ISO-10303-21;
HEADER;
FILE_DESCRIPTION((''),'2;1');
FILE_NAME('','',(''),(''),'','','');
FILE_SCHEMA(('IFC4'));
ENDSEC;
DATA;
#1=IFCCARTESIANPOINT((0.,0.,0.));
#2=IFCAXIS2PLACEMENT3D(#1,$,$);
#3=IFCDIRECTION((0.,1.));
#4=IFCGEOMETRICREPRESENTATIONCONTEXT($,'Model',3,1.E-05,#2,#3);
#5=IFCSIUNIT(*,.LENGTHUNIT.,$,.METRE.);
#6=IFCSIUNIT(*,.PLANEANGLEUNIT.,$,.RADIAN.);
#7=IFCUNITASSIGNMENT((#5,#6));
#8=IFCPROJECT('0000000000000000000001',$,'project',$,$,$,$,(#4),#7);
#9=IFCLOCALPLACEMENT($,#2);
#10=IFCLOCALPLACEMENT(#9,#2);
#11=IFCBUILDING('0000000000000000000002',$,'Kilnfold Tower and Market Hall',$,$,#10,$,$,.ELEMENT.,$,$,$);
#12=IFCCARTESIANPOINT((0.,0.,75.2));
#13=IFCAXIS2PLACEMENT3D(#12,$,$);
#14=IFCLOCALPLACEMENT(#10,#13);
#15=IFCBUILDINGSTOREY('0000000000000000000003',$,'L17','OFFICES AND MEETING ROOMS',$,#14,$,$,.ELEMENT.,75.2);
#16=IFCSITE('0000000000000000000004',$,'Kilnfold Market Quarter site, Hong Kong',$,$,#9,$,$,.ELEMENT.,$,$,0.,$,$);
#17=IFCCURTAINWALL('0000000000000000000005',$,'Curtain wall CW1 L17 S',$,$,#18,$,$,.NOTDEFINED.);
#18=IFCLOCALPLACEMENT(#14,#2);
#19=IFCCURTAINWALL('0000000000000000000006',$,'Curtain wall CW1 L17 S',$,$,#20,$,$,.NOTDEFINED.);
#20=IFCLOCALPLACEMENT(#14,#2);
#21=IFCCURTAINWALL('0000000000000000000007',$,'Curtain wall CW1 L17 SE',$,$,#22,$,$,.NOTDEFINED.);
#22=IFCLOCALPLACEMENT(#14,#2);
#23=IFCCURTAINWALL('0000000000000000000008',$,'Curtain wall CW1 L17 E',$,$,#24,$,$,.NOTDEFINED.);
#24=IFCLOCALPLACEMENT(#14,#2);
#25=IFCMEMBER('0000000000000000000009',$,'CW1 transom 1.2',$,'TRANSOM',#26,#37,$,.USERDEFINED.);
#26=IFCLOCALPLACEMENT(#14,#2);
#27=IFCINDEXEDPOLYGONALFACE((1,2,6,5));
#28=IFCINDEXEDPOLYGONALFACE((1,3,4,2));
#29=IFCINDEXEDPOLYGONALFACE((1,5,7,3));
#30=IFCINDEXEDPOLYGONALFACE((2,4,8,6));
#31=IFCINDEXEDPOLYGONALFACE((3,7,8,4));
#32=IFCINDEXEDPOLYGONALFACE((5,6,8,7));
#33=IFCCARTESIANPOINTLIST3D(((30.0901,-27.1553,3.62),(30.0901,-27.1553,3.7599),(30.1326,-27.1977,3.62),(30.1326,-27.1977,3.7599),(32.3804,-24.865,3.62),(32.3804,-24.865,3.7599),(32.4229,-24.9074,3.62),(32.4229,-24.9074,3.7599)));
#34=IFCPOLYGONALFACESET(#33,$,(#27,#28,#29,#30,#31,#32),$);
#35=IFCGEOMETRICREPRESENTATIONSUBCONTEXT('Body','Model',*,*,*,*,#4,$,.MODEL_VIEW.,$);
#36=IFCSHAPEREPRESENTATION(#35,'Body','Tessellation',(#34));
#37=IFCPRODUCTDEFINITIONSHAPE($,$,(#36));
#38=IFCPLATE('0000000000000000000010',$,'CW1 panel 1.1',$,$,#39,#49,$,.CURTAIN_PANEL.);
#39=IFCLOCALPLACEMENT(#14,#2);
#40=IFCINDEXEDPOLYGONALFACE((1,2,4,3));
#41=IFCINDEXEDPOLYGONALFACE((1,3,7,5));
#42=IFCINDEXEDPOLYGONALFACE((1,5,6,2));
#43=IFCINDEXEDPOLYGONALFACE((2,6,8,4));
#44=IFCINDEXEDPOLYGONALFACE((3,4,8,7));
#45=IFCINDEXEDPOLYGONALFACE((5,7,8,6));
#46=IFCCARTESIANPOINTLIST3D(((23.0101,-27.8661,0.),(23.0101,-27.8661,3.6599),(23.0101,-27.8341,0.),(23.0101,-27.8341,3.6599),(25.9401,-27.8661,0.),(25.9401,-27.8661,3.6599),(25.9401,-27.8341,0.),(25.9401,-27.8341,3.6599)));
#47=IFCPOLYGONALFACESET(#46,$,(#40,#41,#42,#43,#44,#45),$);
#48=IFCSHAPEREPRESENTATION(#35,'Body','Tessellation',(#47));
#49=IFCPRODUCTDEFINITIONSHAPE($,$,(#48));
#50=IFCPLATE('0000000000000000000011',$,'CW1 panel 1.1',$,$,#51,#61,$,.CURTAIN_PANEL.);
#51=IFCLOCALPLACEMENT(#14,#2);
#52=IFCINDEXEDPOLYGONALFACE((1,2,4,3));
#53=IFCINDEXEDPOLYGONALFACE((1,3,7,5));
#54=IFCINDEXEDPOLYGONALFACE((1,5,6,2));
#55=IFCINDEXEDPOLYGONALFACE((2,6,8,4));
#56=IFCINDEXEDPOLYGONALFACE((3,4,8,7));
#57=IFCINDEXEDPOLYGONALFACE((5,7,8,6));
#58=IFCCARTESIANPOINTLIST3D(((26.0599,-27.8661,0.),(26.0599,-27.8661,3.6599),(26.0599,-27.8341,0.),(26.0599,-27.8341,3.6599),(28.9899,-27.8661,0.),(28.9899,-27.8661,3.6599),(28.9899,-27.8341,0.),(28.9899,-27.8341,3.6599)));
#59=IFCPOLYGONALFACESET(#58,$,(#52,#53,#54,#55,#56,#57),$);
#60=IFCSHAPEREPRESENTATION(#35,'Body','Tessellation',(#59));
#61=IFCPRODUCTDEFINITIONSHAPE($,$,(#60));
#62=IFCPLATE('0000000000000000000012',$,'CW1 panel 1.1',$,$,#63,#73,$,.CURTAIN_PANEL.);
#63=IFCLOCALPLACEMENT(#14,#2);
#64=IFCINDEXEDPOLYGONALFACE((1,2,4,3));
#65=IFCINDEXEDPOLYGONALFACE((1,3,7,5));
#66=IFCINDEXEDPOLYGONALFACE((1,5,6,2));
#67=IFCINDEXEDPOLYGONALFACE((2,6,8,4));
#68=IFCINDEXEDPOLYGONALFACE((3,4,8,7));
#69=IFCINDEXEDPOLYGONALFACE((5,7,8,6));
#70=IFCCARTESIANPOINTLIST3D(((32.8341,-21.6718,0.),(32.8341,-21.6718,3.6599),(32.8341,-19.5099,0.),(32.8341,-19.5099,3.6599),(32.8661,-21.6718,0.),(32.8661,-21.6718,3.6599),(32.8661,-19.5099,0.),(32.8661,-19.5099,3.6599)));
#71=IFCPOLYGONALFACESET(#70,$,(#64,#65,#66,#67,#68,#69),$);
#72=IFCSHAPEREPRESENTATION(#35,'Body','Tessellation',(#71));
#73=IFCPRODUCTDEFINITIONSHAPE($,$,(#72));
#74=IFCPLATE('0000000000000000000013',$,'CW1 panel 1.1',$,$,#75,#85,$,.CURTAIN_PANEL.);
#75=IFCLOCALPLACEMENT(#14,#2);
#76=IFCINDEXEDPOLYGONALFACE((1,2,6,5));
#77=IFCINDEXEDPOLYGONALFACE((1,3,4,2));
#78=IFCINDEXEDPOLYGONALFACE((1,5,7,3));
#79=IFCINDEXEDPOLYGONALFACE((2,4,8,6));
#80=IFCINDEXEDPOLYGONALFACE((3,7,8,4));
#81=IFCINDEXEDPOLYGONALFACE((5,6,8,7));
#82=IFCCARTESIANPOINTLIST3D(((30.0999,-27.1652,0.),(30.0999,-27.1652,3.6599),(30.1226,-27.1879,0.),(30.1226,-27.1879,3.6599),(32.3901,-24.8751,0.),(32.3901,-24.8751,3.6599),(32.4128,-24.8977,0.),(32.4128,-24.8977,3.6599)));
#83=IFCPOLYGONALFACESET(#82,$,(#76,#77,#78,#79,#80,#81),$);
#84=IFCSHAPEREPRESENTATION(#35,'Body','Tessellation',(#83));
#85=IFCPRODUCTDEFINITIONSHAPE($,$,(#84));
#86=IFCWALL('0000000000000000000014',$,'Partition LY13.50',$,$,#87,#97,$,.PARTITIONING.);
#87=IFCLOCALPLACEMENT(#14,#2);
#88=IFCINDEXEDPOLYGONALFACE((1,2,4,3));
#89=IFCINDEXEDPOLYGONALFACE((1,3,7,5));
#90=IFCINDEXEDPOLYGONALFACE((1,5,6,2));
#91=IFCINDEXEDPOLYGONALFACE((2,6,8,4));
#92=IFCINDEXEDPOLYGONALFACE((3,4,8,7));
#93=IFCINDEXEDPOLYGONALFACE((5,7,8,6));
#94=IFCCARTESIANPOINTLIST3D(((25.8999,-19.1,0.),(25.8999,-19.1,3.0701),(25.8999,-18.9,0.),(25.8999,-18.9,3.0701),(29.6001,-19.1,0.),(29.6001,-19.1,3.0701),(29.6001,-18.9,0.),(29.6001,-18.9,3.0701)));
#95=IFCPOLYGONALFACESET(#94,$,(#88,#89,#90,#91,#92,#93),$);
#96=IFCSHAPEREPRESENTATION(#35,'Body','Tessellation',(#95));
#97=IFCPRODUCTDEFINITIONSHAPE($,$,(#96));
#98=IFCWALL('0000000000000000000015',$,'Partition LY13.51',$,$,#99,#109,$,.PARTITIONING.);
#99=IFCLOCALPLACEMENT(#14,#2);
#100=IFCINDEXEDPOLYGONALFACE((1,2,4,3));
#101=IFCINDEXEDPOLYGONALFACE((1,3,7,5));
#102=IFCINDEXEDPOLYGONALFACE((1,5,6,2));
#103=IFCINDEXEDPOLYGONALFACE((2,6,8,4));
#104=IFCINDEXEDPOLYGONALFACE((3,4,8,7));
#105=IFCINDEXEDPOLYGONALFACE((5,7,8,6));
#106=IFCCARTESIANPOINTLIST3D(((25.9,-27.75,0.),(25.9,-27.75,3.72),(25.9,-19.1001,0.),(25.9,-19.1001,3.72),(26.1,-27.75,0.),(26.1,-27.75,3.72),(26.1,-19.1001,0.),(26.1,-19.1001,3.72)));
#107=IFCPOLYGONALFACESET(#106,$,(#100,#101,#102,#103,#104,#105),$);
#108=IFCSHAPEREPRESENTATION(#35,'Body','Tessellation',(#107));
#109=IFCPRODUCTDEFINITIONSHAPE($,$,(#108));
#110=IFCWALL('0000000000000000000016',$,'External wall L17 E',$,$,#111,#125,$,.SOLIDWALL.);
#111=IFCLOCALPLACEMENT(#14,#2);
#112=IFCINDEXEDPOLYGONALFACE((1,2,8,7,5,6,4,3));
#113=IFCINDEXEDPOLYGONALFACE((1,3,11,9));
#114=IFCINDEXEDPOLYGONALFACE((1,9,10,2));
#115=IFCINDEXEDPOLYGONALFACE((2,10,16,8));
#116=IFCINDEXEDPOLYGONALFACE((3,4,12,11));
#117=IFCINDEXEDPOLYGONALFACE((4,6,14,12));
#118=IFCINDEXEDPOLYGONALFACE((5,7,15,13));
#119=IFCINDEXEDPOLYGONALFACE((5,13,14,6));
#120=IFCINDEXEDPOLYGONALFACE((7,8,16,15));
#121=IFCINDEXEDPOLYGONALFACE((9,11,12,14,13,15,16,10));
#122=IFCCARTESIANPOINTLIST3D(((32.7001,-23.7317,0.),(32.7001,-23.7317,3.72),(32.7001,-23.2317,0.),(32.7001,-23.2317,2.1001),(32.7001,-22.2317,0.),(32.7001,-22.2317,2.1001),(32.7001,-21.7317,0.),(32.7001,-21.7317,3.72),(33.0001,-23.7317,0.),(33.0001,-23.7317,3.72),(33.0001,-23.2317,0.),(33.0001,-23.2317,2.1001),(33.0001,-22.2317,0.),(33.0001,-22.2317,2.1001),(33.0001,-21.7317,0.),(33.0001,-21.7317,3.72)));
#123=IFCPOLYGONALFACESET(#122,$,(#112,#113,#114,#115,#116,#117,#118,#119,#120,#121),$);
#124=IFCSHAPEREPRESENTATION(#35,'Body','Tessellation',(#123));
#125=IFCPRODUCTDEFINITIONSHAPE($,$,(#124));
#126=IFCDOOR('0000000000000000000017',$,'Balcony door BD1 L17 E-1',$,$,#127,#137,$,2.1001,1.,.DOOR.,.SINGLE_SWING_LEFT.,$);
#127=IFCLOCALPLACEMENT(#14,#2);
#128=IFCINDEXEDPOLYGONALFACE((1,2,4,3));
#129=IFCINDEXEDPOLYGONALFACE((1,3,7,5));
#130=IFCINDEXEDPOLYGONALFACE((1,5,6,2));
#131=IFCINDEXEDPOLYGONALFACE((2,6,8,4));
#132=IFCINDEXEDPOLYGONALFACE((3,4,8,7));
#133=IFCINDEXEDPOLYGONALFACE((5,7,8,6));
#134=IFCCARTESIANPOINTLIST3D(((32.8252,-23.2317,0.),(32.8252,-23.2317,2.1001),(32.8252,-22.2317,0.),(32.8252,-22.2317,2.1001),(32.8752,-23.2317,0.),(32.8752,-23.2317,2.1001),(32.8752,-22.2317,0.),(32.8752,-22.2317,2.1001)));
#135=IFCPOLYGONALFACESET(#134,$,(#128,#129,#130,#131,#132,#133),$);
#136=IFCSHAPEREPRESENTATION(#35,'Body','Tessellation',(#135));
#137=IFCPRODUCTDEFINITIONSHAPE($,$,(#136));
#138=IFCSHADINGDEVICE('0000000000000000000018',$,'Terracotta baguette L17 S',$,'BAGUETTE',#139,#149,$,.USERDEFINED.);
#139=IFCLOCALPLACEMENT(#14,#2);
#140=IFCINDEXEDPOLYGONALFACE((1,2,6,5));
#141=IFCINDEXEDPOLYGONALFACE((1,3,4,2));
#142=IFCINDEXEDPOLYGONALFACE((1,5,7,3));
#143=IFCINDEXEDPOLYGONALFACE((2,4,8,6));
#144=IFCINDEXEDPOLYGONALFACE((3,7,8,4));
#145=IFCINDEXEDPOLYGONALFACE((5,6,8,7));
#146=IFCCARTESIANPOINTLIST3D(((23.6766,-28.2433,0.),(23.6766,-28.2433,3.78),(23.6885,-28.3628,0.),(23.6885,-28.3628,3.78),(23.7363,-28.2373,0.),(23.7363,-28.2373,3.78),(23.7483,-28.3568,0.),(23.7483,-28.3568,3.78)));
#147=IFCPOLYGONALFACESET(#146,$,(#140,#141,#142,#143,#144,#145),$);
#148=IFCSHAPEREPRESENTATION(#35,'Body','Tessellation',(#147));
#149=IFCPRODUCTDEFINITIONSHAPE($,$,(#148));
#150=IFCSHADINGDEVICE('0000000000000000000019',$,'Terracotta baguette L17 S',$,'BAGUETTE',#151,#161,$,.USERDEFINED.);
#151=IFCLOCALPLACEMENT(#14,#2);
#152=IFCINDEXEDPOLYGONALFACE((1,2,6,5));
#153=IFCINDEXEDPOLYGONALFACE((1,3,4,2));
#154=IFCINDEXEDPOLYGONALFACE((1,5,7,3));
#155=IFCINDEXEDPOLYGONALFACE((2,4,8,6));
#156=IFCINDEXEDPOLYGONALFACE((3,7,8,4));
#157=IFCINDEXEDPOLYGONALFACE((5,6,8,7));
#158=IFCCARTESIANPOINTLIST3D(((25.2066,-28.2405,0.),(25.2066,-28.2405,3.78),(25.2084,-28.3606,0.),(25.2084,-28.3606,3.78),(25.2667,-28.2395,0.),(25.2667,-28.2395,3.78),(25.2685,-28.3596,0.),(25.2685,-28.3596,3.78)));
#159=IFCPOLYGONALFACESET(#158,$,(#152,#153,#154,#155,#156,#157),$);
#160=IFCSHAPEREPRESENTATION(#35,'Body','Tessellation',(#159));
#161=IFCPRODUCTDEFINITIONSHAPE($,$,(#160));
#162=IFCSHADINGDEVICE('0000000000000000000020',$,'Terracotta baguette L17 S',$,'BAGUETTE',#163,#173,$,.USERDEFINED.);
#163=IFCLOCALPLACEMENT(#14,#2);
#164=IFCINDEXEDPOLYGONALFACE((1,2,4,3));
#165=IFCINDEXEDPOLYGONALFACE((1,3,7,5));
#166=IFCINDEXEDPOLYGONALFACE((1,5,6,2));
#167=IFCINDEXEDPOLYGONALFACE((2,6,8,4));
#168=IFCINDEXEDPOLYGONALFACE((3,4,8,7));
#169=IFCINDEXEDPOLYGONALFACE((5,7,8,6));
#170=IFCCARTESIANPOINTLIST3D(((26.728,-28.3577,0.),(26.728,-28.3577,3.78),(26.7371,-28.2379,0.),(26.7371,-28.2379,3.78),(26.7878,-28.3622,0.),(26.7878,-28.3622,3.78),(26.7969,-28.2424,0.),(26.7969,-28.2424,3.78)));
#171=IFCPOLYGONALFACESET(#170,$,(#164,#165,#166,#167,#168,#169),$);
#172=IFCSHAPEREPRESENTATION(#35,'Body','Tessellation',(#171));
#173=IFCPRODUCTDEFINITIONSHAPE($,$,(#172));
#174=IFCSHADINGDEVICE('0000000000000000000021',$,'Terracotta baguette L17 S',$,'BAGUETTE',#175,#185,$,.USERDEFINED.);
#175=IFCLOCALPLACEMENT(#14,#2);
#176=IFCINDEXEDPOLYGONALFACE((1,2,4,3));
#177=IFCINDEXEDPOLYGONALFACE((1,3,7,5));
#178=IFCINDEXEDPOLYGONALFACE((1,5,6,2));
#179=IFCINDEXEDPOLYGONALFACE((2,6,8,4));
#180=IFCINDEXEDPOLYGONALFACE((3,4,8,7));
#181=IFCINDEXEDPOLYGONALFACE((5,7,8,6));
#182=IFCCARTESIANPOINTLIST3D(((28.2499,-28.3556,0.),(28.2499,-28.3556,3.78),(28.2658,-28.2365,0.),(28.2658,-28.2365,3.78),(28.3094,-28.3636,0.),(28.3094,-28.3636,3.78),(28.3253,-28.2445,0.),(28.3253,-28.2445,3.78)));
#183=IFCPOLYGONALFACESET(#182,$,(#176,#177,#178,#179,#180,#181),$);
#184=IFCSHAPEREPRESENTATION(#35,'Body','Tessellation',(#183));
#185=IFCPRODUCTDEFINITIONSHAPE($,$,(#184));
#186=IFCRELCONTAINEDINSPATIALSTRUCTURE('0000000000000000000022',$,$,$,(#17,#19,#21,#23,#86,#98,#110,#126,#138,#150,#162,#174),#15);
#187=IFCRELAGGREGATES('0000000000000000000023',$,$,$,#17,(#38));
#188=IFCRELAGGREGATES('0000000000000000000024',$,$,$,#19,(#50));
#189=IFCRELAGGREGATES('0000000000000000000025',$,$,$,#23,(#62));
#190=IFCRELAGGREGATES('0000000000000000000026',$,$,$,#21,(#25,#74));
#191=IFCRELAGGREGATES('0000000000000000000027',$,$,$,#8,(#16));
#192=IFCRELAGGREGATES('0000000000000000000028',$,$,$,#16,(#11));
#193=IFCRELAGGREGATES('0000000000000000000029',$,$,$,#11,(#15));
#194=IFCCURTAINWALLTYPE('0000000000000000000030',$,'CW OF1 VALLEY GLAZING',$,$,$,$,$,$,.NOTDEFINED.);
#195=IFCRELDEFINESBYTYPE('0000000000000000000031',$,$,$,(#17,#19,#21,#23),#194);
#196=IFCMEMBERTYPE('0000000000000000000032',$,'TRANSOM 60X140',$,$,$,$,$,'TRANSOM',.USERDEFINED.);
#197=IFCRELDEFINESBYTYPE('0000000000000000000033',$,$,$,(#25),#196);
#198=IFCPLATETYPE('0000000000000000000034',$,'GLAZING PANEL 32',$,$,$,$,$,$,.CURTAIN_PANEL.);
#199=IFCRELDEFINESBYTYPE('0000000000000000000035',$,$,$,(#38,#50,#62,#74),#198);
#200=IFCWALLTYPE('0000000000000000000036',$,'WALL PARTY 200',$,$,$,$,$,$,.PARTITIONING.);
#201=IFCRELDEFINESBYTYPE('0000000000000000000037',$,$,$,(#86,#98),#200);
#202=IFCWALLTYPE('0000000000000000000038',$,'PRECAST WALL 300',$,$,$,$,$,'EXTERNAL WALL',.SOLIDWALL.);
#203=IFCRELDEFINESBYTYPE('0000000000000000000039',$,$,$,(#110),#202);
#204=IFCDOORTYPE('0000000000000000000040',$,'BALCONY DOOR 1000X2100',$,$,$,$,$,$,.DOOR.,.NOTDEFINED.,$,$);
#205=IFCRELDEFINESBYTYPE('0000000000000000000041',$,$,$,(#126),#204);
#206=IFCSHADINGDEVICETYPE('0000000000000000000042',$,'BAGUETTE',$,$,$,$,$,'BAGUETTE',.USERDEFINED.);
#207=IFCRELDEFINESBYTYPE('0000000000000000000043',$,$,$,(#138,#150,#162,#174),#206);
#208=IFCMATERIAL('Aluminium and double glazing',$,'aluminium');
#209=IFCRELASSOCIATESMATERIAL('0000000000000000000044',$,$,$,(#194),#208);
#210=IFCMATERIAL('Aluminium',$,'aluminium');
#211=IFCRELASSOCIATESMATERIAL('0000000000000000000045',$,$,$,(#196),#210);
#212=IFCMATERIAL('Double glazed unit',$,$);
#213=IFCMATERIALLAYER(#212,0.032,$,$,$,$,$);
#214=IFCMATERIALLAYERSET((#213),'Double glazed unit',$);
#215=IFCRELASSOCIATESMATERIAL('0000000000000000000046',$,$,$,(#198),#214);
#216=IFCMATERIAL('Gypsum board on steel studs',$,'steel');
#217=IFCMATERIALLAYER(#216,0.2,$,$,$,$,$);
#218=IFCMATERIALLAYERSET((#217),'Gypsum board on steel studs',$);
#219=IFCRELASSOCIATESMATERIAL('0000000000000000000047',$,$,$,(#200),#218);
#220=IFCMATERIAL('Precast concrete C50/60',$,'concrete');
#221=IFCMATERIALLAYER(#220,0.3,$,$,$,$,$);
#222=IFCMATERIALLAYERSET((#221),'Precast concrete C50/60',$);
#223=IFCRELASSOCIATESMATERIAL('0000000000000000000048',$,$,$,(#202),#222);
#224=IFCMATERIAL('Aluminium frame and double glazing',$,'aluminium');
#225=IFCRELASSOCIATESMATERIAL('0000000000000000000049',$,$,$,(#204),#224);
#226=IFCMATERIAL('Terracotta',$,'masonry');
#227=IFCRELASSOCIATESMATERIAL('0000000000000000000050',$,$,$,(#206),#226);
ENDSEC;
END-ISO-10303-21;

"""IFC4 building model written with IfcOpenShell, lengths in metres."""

from ifc_helpers import new_model, si_unit, direction, frame, frame_2d, origin, origin_2d, place, context, subcontext, project, spatial, rectangle, extrude, source, transform, mapped, material, layer, layer_set, material_profile, profile_set, type_object, element, fill, aggregate, save


model = new_model("IFC4")

# Units and contexts
model_context = context("Model", 3, precision=1e-05, world=origin(), true_north=direction((0.0, 1.0)))
body_context = subcontext(model_context, "Body", "Model", "MODEL_VIEW")
ifc_project = project(units=[si_unit("LENGTHUNIT", "METRE"), si_unit("PLANEANGLEUNIT", "RADIAN")], contexts=[model_context])

# Site, building, storey
site_placement = place(None, origin())
site = spatial("IfcSite", under=ifc_project, at=site_placement, Name="Kilnfold Market Quarter site, Hong Kong", CompositionType="ELEMENT", RefElevation=0.0)
building_placement = place(site_placement, origin())
building = spatial("IfcBuilding", under=site, at=building_placement, Name="Kilnfold Tower and Market Hall", CompositionType="ELEMENT")
storey_placement = place(building_placement, frame((0.0, 0.0, 75.2)))
storey = spatial("IfcBuildingStorey", under=building, at=storey_placement, Name="L17", Description="OFFICES AND MEETING ROOMS", CompositionType="ELEMENT", Elevation=75.2)

# Curtain wall
ifc_material_1 = material(Name="Aluminium and double glazing", Category="aluminium")
curtain_wall_type = type_object("IfcCurtainWallType", Name="CW OF1 VALLEY GLAZING", PredefinedType="NOTDEFINED", material=ifc_material_1)
curtain_wall_1_placement = place(storey_placement, origin())
curtain_wall_1 = element("IfcCurtainWall", 1, at=curtain_wall_1_placement, inside=storey, type_object=curtain_wall_type, Name="Curtain wall CW1 L17 S", PredefinedType="NOTDEFINED")

# Curtain walls
curtain_wall_2_placement = place(storey_placement, origin())
curtain_wall_2 = element("IfcCurtainWall", 2, at=curtain_wall_2_placement, inside=storey, type_object=curtain_wall_type, Name="Curtain wall CW1 L17 S", PredefinedType="NOTDEFINED")
curtain_wall_3_placement = place(storey_placement, origin())
curtain_wall_3 = element("IfcCurtainWall", 3, at=curtain_wall_3_placement, inside=storey, type_object=curtain_wall_type, Name="Curtain wall CW1 L17 SE", PredefinedType="NOTDEFINED")
curtain_wall_4_placement = place(storey_placement, origin())
curtain_wall_4 = element("IfcCurtainWall", 4, at=curtain_wall_4_placement, inside=storey, type_object=curtain_wall_type, Name="Curtain wall CW1 L17 E", PredefinedType="NOTDEFINED")

# Member
ifc_material_2 = material(Name="Aluminium", Category="aluminium")
ifc_material_profile_1 = material_profile(ifc_material_2, rectangle(XDim=0.0601, YDim=0.1399, at=origin_2d()), Name="TRANSOM 60x140")
ifc_profile_set_1 = profile_set([ifc_material_profile_1], Name="Aluminium")
member_type_1 = type_object("IfcMemberType", Name="TRANSOM 60X140", ElementType="TRANSOM", PredefinedType="USERDEFINED", material=ifc_profile_set_1)
shared_shape_1 = source(origin(), body_context, "Body", "SweptSolid", [
    extrude(rectangle(XDim=0.0601, YDim=0.1399, at=origin_2d()), origin(), (0.0, 0.0, 1.0), 3.239),
])
member_1_placement = place(storey_placement, frame((30.1113, -27.1765, 3.6899), z_axis=(0.707107, 0.707107, 0.0), x_axis=(-0.707107, 0.707107, 0.0)))
member_1 = element("IfcMember", 5, at=member_1_placement, type_object=member_type_1, Name="CW1 transom 1.2", ObjectType="TRANSOM", PredefinedType="USERDEFINED", context=body_context, shape_type="MappedRepresentation", body=[
    mapped(shared_shape_1, transform((0.0, 0.0, 0.0))),
])

# Plates
ifc_material_3 = material(Name="Double glazed unit")
ifc_layer_1 = layer(ifc_material_3, 0.032)
ifc_layer_set_1 = layer_set([ifc_layer_1], Name="Double glazed unit")
plate_type = type_object("IfcPlateType", Name="GLAZING PANEL 32", PredefinedType="CURTAIN_PANEL", material=ifc_layer_set_1)
shared_shape_2 = source(origin(), body_context, "Body", "SweptSolid", [
    extrude(rectangle(XDim=2.9299, YDim=0.032, at=origin_2d()), origin(), (0.0, 0.0, 1.0), 3.6599),
])
plate_1_placement = place(storey_placement, frame((24.4751, -27.8501, 0.0), z_axis=(0.0, 0.0, 1.0), x_axis=(1.0, 0.0, 0.0)))
plate_1 = element("IfcPlate", 6, at=plate_1_placement, type_object=plate_type, Name="CW1 panel 1.1", PredefinedType="CURTAIN_PANEL", context=body_context, shape_type="MappedRepresentation", body=[
    mapped(shared_shape_2, transform((0.0, 0.0, 0.0))),
])
aggregate(curtain_wall_1, [plate_1])
plate_2_placement = place(storey_placement, frame((27.5249, -27.8501, 0.0), z_axis=(0.0, 0.0, 1.0), x_axis=(1.0, 0.0, 0.0)))
plate_2 = element("IfcPlate", 7, at=plate_2_placement, type_object=plate_type, Name="CW1 panel 1.1", PredefinedType="CURTAIN_PANEL", context=body_context, shape_type="MappedRepresentation", body=[
    mapped(shared_shape_2, transform((0.0, 0.0, 0.0))),
])
aggregate(curtain_wall_2, [plate_2])
shared_shape_3 = source(origin(), body_context, "Body", "SweptSolid", [
    extrude(rectangle(XDim=2.1619, YDim=0.032, at=origin_2d()), origin(), (0.0, 0.0, 1.0), 3.6599),
])
plate_3_placement = place(storey_placement, frame((32.8501, -20.5908, 0.0), z_axis=(0.0, 0.0, 1.0), x_axis=(0.0, 1.0, 0.0)))
plate_3 = element("IfcPlate", 8, at=plate_3_placement, type_object=plate_type, Name="CW1 panel 1.1", PredefinedType="CURTAIN_PANEL", context=body_context, shape_type="MappedRepresentation", body=[
    mapped(shared_shape_3, transform((0.0, 0.0, 0.0))),
])
aggregate(curtain_wall_4, [plate_3])
shared_shape_4 = source(origin(), body_context, "Body", "SweptSolid", [
    extrude(rectangle(XDim=3.2388, YDim=0.032, at=origin_2d()), origin(), (0.0, 0.0, 1.0), 3.6599),
])
plate_4_placement = place(storey_placement, frame((31.2563, -26.0315, 0.0), z_axis=(0.0, 0.0, 1.0), x_axis=(0.707122, 0.707092, 0.0)))
plate_4 = element("IfcPlate", 9, at=plate_4_placement, type_object=plate_type, Name="CW1 panel 1.1", PredefinedType="CURTAIN_PANEL", context=body_context, shape_type="MappedRepresentation", body=[
    mapped(shared_shape_4, transform((0.0, 0.0, 0.0))),
])
aggregate(curtain_wall_3, [member_1, plate_4])

# Walls
ifc_material_4 = material(Name="Gypsum board on steel studs", Category="steel")
ifc_layer_2 = layer(ifc_material_4, 0.2)
ifc_layer_set_2 = layer_set([ifc_layer_2], Name="Gypsum board on steel studs")
wall_type_1 = type_object("IfcWallType", Name="WALL PARTY 200", PredefinedType="PARTITIONING", material=ifc_layer_set_2)
wall_1_placement = place(storey_placement, frame((25.8999, -19.0, 0.0), z_axis=(0.0, 0.0, 1.0), x_axis=(1.0, 0.0, 0.0)))
element("IfcWall", 10, at=wall_1_placement, inside=storey, type_object=wall_type_1, Name="Partition LY13.50", PredefinedType="PARTITIONING", context=body_context, shape_type="SweptSolid", body=[
    extrude(rectangle(XDim=3.7002, YDim=0.2, at=frame_2d((1.8501, 0.0))), origin(), (0.0, 0.0, 1.0), 3.0701),
])
wall_2_placement = place(storey_placement, frame((26.0, -27.75, 0.0), z_axis=(0.0, 0.0, 1.0), x_axis=(0.0, 1.0, 0.0)))
element("IfcWall", 11, at=wall_2_placement, inside=storey, type_object=wall_type_1, Name="Partition LY13.51", PredefinedType="PARTITIONING", context=body_context, shape_type="SweptSolid", body=[
    extrude(rectangle(XDim=8.6499, YDim=0.2, at=frame_2d((4.325, 0.0))), origin(), (0.0, 0.0, 1.0), 3.72),
])

# Wall, opening, door
ifc_material_5 = material(Name="Precast concrete C50/60", Category="concrete")
ifc_layer_3 = layer(ifc_material_5, 0.3)
ifc_layer_set_3 = layer_set([ifc_layer_3], Name="Precast concrete C50/60")
wall_type_2 = type_object("IfcWallType", Name="PRECAST WALL 300", ElementType="EXTERNAL WALL", PredefinedType="SOLIDWALL", material=ifc_layer_set_3)
shared_shape_5 = source(origin(), body_context, "Body", "SweptSolid", [
    extrude(rectangle(XDim=2.0, YDim=0.3, at=frame_2d((1.0, 0.0))), origin(), (0.0, 0.0, 1.0), 3.72),
])
wall_3_placement = place(storey_placement, frame((32.8501, -23.7317, 0.0), z_axis=(0.0, 0.0, 1.0), x_axis=(0.0, 1.0, 0.0)))
wall_3 = element("IfcWall", 12, at=wall_3_placement, inside=storey, type_object=wall_type_2, Name="External wall L17 E", PredefinedType="SOLIDWALL", context=body_context, shape_type="MappedRepresentation", body=[
    mapped(shared_shape_5, transform((0.0, 0.0, 0.0))),
])
opening_placement = place(wall_3_placement, frame((0.5, 0.0, 0.0)))
opening = element("IfcOpeningElement", 13, at=opening_placement, cuts=wall_3, PredefinedType="OPENING", context=body_context, shape_type="SweptSolid", body=[
    extrude(rectangle(XDim=1.0, YDim=2.1001, at=frame_2d((0.5, 1.05))), frame((0.0, 0.1602, 0.0), z_axis=(0.0, -1.0, 0.0), x_axis=(1.0, 0.0, 0.0)), (0.0, 0.0, 1.0), 0.3201),
])
ifc_material_6 = material(Name="Aluminium frame and double glazing", Category="aluminium")
door_type = type_object("IfcDoorType", Name="BALCONY DOOR 1000X2100", OperationType="NOTDEFINED", PredefinedType="DOOR", material=ifc_material_6)
door_placement = place(opening_placement, origin())
door = element("IfcDoor", 14, at=door_placement, inside=storey, type_object=door_type, Name="Balcony door BD1 L17 E-1", OperationType="SINGLE_SWING_LEFT", OverallHeight=2.1001, OverallWidth=1.0, PredefinedType="DOOR", context=body_context, shape_type="SweptSolid", body=[
    extrude(rectangle(XDim=1.0, YDim=2.1001, at=frame_2d((0.5, 1.05))), frame((0.0, 0.0249, 0.0), z_axis=(0.0, -1.0, 0.0), x_axis=(1.0, 0.0, 0.0)), (0.0, 0.0, 1.0), 0.05),
])
fill(opening, door)

# Shading devices
ifc_material_7 = material(Name="Terracotta", Category="masonry")
ifc_material_profile_2 = material_profile(ifc_material_7, rectangle(XDim=0.0601, YDim=0.1201, at=origin_2d()), Name="BAG 60x120")
ifc_profile_set_2 = profile_set([ifc_material_profile_2], Name="Terracotta")
shading_device_type = type_object("IfcShadingDeviceType", Name="BAGUETTE", ElementType="BAGUETTE", PredefinedType="USERDEFINED", material=ifc_profile_set_2)
shared_shape_6 = source(origin(), body_context, "Body", "SweptSolid", [
    extrude(rectangle(XDim=0.0601, YDim=0.1201, at=origin_2d()), origin(), (0.0, 0.0, 1.0), 3.78),
])
for number, where, z_axis, x_axis, name in (
    (15, (23.7124, -28.3, 0.0), (0.0, 0.0, 1.0), (0.995045, 0.099426, 0.0), "Terracotta baguette L17 S"),
    (16, (25.2375, -28.3, 0.0), (0.0, 0.0, 1.0), (0.999883, 0.01529, 0.0), "Terracotta baguette L17 S"),
    (17, (26.7625, -28.3, 0.0), (0.0, 0.0, 1.0), (0.997121, -0.075825, 0.0), "Terracotta baguette L17 S"),
    (18, (28.2876, -28.3, 0.0), (0.0, 0.0, 1.0), (0.991182, -0.132507, 0.0), "Terracotta baguette L17 S"),
):
    element("IfcShadingDevice", number, at=place(storey_placement, frame(where, z_axis=z_axis, x_axis=x_axis)), inside=storey, type_object=shading_device_type, Name=name, ObjectType="BAGUETTE", PredefinedType="USERDEFINED", context=body_context, shape_type="MappedRepresentation", body=[
        mapped(shared_shape_6, transform((0.0, 0.0, 0.0))),
    ])

save(model, "model.ifc")
